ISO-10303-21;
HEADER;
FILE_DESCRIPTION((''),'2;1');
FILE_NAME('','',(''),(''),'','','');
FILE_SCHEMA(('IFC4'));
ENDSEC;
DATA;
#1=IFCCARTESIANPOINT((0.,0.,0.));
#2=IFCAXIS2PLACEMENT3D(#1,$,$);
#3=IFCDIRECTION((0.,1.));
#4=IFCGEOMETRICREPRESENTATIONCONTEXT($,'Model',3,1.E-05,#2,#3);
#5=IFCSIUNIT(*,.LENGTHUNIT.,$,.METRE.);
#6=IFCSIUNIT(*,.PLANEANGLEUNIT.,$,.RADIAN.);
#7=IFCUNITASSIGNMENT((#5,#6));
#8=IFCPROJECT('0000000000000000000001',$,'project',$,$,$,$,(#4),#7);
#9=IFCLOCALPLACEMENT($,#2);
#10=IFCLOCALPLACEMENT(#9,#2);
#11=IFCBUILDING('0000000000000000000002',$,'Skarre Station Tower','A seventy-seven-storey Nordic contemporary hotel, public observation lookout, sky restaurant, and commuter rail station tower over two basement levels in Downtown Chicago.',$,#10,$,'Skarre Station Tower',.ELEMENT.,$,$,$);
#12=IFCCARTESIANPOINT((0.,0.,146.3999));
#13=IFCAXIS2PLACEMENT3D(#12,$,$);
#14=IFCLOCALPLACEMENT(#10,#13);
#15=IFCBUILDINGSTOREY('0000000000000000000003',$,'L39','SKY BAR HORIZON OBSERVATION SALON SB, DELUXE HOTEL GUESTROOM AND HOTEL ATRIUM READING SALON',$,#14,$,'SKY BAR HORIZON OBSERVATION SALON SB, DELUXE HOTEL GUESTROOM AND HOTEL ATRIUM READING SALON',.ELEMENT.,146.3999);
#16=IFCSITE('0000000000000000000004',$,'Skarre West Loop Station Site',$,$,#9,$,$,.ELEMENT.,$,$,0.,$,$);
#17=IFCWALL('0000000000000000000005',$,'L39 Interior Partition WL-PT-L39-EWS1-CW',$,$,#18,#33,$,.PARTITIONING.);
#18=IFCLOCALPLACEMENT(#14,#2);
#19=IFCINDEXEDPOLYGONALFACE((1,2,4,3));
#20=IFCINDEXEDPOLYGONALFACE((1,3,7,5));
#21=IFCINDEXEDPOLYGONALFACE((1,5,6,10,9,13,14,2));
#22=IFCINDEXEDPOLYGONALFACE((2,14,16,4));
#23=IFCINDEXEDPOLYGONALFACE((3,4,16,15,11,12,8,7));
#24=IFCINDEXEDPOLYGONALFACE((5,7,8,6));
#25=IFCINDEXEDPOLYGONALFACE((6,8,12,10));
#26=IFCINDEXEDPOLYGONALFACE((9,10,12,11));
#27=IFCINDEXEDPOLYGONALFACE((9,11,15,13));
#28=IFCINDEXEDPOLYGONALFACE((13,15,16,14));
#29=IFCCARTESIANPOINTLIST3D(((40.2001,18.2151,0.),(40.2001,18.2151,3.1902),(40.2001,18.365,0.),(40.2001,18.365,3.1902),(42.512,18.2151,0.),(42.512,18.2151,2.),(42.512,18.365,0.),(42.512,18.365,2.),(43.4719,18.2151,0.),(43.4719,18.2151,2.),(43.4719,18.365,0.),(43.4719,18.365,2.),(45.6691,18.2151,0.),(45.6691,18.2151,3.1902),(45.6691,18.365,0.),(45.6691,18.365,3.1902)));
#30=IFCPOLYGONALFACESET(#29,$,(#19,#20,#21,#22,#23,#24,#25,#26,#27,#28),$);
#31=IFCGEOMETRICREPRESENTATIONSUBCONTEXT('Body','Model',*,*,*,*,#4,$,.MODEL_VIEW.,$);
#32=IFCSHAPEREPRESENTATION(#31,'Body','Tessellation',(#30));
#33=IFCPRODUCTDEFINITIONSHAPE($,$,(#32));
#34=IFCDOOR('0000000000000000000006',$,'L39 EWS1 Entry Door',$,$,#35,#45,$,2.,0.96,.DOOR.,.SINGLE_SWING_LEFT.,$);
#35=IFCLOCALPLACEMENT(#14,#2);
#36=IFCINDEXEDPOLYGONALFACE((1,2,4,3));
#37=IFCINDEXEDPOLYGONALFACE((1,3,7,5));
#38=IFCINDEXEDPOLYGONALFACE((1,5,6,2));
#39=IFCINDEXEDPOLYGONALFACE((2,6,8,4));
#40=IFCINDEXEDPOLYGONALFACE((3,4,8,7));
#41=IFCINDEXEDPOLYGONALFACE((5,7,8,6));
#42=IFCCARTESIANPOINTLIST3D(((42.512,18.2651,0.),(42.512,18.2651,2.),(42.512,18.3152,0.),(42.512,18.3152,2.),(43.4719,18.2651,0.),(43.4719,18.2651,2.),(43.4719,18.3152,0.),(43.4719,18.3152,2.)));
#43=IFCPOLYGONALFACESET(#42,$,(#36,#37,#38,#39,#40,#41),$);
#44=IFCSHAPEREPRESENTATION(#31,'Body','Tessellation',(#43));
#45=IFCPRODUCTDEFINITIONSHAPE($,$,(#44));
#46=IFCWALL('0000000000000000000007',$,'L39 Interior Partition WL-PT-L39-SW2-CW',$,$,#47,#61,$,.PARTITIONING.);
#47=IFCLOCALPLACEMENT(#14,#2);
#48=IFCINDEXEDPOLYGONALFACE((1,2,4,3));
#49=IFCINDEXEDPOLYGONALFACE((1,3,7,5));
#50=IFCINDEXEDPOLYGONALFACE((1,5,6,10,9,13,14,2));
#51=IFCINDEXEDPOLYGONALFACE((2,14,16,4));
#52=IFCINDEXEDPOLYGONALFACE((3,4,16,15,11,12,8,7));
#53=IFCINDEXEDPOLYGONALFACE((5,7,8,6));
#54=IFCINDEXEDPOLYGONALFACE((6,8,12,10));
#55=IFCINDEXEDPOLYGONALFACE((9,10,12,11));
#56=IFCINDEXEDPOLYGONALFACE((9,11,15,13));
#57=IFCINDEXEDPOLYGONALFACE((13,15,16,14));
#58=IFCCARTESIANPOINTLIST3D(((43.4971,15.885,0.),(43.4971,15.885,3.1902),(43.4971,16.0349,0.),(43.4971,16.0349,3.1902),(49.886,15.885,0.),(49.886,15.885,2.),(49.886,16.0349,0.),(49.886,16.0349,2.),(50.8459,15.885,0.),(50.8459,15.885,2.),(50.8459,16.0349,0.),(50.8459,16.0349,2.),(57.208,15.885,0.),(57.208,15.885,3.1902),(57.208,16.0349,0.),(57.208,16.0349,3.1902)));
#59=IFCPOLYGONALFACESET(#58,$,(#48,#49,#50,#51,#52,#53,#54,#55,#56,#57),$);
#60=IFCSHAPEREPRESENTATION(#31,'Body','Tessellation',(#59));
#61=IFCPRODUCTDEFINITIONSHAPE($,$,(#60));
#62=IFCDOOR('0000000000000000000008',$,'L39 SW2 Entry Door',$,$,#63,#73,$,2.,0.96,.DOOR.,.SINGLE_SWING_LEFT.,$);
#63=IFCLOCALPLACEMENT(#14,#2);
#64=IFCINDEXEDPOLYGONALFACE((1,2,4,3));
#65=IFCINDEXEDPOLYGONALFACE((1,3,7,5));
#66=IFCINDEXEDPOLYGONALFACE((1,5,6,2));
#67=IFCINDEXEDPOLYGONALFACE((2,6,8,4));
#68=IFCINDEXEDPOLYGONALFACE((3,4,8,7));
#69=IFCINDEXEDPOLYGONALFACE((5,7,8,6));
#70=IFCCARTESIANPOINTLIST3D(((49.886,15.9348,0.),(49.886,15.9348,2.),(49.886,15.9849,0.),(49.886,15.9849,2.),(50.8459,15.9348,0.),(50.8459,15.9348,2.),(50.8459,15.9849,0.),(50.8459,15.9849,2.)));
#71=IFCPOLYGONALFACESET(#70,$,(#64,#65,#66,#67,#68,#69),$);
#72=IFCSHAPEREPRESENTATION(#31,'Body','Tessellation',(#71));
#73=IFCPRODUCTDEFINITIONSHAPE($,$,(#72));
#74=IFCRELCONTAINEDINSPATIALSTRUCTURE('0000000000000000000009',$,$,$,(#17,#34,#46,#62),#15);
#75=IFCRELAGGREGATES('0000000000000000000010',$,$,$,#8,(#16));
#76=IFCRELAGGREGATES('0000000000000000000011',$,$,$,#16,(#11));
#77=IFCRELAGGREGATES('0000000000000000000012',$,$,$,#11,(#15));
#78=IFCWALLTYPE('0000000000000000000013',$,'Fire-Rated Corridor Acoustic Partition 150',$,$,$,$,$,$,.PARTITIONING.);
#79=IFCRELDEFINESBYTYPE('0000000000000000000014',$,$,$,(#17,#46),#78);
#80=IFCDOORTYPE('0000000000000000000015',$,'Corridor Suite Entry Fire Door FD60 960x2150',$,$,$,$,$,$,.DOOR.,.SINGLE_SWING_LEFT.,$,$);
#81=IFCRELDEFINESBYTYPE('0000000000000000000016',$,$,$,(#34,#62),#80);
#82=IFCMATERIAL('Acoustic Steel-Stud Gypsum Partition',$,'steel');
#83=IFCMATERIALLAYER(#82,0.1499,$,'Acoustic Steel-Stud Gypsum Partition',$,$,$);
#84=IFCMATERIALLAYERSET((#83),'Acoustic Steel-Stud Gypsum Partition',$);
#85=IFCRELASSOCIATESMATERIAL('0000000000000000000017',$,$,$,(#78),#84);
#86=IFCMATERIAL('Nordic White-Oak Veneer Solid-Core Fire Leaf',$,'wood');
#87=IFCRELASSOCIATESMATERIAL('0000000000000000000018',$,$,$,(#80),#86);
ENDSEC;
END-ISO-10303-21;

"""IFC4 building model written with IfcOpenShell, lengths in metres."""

from ifc_helpers import new_model, si_unit, direction, frame, frame_2d, origin, place, context, subcontext, project, spatial, rectangle, extrude, material, layer, layer_set, type_object, element, fill, save


model = new_model("IFC4")

# Units and contexts
model_context = context("Model", 3, precision=1e-05, world=origin(), true_north=direction((0.0, 1.0)))
body_context = subcontext(model_context, "Body", "Model", "MODEL_VIEW")
ifc_project = project(units=[si_unit("LENGTHUNIT", "METRE"), si_unit("PLANEANGLEUNIT", "RADIAN")], contexts=[model_context])

# Site, building, storey
site_placement = place(None, origin())
site = spatial("IfcSite", under=ifc_project, at=site_placement, Name="Skarre West Loop Station Site", CompositionType="ELEMENT", RefElevation=0.0)
building_placement = place(site_placement, origin())
building = spatial("IfcBuilding", under=site, at=building_placement, Name="Skarre Station Tower", Description="A seventy-seven-storey Nordic contemporary hotel, public observation lookout, sky restaurant, and commuter rail station tower over two basement levels in Downtown Chicago.", LongName="Skarre Station Tower", CompositionType="ELEMENT")
storey_placement = place(building_placement, frame((0.0, 0.0, 146.3999)))
storey = spatial("IfcBuildingStorey", under=building, at=storey_placement, Name="L39", Description="SKY BAR HORIZON OBSERVATION SALON SB, DELUXE HOTEL GUESTROOM AND HOTEL ATRIUM READING SALON", LongName="SKY BAR HORIZON OBSERVATION SALON SB, DELUXE HOTEL GUESTROOM AND HOTEL ATRIUM READING SALON", CompositionType="ELEMENT", Elevation=146.3999)

# Walls, openings, doors
ifc_material_1 = material(Name="Acoustic Steel-Stud Gypsum Partition", Category="steel")
ifc_layer_1 = layer(ifc_material_1, 0.1499, Name="Acoustic Steel-Stud Gypsum Partition")
ifc_layer_set_1 = layer_set([ifc_layer_1], Name="Acoustic Steel-Stud Gypsum Partition")
wall_type_1 = type_object("IfcWallType", Name="Fire-Rated Corridor Acoustic Partition 150", PredefinedType="PARTITIONING", material=ifc_layer_set_1)
wall_1_placement = place(storey_placement, frame((45.6689, 18.29, 0.0), z_axis=(0.0, 0.0, 1.0), x_axis=(-1.0, 0.0, 0.0)))
wall_1 = element("IfcWall", 1, at=wall_1_placement, inside=storey, type_object=wall_type_1, Name="L39 Interior Partition WL-PT-L39-EWS1-CW", PredefinedType="PARTITIONING", context=body_context, shape_type="SweptSolid", body=[
    extrude(rectangle(XDim=5.469, YDim=0.1499, at=frame_2d((2.7344, 0.0))), origin(), (0.0, 0.0, 1.0), 3.1902),
])
opening_1_placement = place(wall_1_placement, frame((2.197, 0.0, 0.0)))
opening_1 = element("IfcOpeningElement", 2, at=opening_1_placement, cuts=wall_1, PredefinedType="OPENING", context=body_context, shape_type="SweptSolid", body=[
    extrude(rectangle(XDim=0.96, YDim=2.0, at=frame_2d((0.48, 1.0))), frame((0.0, 0.085, 0.0), z_axis=(0.0, -1.0, 0.0), x_axis=(1.0, 0.0, 0.0)), (0.0, 0.0, 1.0), 0.1699),
])
ifc_material_2 = material(Name="Nordic White-Oak Veneer Solid-Core Fire Leaf", Category="wood")
door_type = type_object("IfcDoorType", Name="Corridor Suite Entry Fire Door FD60 960x2150", OperationType="SINGLE_SWING_LEFT", PredefinedType="DOOR", material=ifc_material_2)
door_1_placement = place(opening_1_placement, origin())
door_1 = element("IfcDoor", 3, at=door_1_placement, inside=storey, type_object=door_type, Name="L39 EWS1 Entry Door", OperationType="SINGLE_SWING_LEFT", OverallHeight=2.0, OverallWidth=0.96, PredefinedType="DOOR", context=body_context, shape_type="SweptSolid", body=[
    extrude(rectangle(XDim=0.96, YDim=2.0, at=frame_2d((0.48, 1.0))), frame((0.0, 0.0249, 0.0), z_axis=(0.0, -1.0, 0.0), x_axis=(1.0, 0.0, 0.0)), (0.0, 0.0, 1.0), 0.05),
])
fill(opening_1, door_1)
wall_2_placement = place(storey_placement, frame((43.4971, 15.96, 0.0), z_axis=(0.0, 0.0, 1.0), x_axis=(1.0, 0.0, 0.0)))
wall_2 = element("IfcWall", 4, at=wall_2_placement, inside=storey, type_object=wall_type_1, Name="L39 Interior Partition WL-PT-L39-SW2-CW", PredefinedType="PARTITIONING", context=body_context, shape_type="SweptSolid", body=[
    extrude(rectangle(XDim=13.7109, YDim=0.1499, at=frame_2d((6.8555, 0.0))), origin(), (0.0, 0.0, 1.0), 3.1902),
])
opening_2_placement = place(wall_2_placement, frame((6.3889, 0.0, 0.0)))
opening_2 = element("IfcOpeningElement", 5, at=opening_2_placement, cuts=wall_2, PredefinedType="OPENING", context=body_context, shape_type="SweptSolid", body=[
    extrude(rectangle(XDim=0.96, YDim=2.0, at=frame_2d((0.48, 1.0))), frame((0.0, 0.085, 0.0), z_axis=(0.0, -1.0, 0.0), x_axis=(1.0, 0.0, 0.0)), (0.0, 0.0, 1.0), 0.1699),
])
door_2_placement = place(opening_2_placement, origin())
door_2 = element("IfcDoor", 6, at=door_2_placement, inside=storey, type_object=door_type, Name="L39 SW2 Entry Door", OperationType="SINGLE_SWING_LEFT", OverallHeight=2.0, OverallWidth=0.96, PredefinedType="DOOR", context=body_context, shape_type="SweptSolid", body=[
    extrude(rectangle(XDim=0.96, YDim=2.0, at=frame_2d((0.48, 1.0))), frame((0.0, 0.0249, 0.0), z_axis=(0.0, -1.0, 0.0), x_axis=(1.0, 0.0, 0.0)), (0.0, 0.0, 1.0), 0.05),
])
fill(opening_2, door_2)

save(model, "model.ifc")
